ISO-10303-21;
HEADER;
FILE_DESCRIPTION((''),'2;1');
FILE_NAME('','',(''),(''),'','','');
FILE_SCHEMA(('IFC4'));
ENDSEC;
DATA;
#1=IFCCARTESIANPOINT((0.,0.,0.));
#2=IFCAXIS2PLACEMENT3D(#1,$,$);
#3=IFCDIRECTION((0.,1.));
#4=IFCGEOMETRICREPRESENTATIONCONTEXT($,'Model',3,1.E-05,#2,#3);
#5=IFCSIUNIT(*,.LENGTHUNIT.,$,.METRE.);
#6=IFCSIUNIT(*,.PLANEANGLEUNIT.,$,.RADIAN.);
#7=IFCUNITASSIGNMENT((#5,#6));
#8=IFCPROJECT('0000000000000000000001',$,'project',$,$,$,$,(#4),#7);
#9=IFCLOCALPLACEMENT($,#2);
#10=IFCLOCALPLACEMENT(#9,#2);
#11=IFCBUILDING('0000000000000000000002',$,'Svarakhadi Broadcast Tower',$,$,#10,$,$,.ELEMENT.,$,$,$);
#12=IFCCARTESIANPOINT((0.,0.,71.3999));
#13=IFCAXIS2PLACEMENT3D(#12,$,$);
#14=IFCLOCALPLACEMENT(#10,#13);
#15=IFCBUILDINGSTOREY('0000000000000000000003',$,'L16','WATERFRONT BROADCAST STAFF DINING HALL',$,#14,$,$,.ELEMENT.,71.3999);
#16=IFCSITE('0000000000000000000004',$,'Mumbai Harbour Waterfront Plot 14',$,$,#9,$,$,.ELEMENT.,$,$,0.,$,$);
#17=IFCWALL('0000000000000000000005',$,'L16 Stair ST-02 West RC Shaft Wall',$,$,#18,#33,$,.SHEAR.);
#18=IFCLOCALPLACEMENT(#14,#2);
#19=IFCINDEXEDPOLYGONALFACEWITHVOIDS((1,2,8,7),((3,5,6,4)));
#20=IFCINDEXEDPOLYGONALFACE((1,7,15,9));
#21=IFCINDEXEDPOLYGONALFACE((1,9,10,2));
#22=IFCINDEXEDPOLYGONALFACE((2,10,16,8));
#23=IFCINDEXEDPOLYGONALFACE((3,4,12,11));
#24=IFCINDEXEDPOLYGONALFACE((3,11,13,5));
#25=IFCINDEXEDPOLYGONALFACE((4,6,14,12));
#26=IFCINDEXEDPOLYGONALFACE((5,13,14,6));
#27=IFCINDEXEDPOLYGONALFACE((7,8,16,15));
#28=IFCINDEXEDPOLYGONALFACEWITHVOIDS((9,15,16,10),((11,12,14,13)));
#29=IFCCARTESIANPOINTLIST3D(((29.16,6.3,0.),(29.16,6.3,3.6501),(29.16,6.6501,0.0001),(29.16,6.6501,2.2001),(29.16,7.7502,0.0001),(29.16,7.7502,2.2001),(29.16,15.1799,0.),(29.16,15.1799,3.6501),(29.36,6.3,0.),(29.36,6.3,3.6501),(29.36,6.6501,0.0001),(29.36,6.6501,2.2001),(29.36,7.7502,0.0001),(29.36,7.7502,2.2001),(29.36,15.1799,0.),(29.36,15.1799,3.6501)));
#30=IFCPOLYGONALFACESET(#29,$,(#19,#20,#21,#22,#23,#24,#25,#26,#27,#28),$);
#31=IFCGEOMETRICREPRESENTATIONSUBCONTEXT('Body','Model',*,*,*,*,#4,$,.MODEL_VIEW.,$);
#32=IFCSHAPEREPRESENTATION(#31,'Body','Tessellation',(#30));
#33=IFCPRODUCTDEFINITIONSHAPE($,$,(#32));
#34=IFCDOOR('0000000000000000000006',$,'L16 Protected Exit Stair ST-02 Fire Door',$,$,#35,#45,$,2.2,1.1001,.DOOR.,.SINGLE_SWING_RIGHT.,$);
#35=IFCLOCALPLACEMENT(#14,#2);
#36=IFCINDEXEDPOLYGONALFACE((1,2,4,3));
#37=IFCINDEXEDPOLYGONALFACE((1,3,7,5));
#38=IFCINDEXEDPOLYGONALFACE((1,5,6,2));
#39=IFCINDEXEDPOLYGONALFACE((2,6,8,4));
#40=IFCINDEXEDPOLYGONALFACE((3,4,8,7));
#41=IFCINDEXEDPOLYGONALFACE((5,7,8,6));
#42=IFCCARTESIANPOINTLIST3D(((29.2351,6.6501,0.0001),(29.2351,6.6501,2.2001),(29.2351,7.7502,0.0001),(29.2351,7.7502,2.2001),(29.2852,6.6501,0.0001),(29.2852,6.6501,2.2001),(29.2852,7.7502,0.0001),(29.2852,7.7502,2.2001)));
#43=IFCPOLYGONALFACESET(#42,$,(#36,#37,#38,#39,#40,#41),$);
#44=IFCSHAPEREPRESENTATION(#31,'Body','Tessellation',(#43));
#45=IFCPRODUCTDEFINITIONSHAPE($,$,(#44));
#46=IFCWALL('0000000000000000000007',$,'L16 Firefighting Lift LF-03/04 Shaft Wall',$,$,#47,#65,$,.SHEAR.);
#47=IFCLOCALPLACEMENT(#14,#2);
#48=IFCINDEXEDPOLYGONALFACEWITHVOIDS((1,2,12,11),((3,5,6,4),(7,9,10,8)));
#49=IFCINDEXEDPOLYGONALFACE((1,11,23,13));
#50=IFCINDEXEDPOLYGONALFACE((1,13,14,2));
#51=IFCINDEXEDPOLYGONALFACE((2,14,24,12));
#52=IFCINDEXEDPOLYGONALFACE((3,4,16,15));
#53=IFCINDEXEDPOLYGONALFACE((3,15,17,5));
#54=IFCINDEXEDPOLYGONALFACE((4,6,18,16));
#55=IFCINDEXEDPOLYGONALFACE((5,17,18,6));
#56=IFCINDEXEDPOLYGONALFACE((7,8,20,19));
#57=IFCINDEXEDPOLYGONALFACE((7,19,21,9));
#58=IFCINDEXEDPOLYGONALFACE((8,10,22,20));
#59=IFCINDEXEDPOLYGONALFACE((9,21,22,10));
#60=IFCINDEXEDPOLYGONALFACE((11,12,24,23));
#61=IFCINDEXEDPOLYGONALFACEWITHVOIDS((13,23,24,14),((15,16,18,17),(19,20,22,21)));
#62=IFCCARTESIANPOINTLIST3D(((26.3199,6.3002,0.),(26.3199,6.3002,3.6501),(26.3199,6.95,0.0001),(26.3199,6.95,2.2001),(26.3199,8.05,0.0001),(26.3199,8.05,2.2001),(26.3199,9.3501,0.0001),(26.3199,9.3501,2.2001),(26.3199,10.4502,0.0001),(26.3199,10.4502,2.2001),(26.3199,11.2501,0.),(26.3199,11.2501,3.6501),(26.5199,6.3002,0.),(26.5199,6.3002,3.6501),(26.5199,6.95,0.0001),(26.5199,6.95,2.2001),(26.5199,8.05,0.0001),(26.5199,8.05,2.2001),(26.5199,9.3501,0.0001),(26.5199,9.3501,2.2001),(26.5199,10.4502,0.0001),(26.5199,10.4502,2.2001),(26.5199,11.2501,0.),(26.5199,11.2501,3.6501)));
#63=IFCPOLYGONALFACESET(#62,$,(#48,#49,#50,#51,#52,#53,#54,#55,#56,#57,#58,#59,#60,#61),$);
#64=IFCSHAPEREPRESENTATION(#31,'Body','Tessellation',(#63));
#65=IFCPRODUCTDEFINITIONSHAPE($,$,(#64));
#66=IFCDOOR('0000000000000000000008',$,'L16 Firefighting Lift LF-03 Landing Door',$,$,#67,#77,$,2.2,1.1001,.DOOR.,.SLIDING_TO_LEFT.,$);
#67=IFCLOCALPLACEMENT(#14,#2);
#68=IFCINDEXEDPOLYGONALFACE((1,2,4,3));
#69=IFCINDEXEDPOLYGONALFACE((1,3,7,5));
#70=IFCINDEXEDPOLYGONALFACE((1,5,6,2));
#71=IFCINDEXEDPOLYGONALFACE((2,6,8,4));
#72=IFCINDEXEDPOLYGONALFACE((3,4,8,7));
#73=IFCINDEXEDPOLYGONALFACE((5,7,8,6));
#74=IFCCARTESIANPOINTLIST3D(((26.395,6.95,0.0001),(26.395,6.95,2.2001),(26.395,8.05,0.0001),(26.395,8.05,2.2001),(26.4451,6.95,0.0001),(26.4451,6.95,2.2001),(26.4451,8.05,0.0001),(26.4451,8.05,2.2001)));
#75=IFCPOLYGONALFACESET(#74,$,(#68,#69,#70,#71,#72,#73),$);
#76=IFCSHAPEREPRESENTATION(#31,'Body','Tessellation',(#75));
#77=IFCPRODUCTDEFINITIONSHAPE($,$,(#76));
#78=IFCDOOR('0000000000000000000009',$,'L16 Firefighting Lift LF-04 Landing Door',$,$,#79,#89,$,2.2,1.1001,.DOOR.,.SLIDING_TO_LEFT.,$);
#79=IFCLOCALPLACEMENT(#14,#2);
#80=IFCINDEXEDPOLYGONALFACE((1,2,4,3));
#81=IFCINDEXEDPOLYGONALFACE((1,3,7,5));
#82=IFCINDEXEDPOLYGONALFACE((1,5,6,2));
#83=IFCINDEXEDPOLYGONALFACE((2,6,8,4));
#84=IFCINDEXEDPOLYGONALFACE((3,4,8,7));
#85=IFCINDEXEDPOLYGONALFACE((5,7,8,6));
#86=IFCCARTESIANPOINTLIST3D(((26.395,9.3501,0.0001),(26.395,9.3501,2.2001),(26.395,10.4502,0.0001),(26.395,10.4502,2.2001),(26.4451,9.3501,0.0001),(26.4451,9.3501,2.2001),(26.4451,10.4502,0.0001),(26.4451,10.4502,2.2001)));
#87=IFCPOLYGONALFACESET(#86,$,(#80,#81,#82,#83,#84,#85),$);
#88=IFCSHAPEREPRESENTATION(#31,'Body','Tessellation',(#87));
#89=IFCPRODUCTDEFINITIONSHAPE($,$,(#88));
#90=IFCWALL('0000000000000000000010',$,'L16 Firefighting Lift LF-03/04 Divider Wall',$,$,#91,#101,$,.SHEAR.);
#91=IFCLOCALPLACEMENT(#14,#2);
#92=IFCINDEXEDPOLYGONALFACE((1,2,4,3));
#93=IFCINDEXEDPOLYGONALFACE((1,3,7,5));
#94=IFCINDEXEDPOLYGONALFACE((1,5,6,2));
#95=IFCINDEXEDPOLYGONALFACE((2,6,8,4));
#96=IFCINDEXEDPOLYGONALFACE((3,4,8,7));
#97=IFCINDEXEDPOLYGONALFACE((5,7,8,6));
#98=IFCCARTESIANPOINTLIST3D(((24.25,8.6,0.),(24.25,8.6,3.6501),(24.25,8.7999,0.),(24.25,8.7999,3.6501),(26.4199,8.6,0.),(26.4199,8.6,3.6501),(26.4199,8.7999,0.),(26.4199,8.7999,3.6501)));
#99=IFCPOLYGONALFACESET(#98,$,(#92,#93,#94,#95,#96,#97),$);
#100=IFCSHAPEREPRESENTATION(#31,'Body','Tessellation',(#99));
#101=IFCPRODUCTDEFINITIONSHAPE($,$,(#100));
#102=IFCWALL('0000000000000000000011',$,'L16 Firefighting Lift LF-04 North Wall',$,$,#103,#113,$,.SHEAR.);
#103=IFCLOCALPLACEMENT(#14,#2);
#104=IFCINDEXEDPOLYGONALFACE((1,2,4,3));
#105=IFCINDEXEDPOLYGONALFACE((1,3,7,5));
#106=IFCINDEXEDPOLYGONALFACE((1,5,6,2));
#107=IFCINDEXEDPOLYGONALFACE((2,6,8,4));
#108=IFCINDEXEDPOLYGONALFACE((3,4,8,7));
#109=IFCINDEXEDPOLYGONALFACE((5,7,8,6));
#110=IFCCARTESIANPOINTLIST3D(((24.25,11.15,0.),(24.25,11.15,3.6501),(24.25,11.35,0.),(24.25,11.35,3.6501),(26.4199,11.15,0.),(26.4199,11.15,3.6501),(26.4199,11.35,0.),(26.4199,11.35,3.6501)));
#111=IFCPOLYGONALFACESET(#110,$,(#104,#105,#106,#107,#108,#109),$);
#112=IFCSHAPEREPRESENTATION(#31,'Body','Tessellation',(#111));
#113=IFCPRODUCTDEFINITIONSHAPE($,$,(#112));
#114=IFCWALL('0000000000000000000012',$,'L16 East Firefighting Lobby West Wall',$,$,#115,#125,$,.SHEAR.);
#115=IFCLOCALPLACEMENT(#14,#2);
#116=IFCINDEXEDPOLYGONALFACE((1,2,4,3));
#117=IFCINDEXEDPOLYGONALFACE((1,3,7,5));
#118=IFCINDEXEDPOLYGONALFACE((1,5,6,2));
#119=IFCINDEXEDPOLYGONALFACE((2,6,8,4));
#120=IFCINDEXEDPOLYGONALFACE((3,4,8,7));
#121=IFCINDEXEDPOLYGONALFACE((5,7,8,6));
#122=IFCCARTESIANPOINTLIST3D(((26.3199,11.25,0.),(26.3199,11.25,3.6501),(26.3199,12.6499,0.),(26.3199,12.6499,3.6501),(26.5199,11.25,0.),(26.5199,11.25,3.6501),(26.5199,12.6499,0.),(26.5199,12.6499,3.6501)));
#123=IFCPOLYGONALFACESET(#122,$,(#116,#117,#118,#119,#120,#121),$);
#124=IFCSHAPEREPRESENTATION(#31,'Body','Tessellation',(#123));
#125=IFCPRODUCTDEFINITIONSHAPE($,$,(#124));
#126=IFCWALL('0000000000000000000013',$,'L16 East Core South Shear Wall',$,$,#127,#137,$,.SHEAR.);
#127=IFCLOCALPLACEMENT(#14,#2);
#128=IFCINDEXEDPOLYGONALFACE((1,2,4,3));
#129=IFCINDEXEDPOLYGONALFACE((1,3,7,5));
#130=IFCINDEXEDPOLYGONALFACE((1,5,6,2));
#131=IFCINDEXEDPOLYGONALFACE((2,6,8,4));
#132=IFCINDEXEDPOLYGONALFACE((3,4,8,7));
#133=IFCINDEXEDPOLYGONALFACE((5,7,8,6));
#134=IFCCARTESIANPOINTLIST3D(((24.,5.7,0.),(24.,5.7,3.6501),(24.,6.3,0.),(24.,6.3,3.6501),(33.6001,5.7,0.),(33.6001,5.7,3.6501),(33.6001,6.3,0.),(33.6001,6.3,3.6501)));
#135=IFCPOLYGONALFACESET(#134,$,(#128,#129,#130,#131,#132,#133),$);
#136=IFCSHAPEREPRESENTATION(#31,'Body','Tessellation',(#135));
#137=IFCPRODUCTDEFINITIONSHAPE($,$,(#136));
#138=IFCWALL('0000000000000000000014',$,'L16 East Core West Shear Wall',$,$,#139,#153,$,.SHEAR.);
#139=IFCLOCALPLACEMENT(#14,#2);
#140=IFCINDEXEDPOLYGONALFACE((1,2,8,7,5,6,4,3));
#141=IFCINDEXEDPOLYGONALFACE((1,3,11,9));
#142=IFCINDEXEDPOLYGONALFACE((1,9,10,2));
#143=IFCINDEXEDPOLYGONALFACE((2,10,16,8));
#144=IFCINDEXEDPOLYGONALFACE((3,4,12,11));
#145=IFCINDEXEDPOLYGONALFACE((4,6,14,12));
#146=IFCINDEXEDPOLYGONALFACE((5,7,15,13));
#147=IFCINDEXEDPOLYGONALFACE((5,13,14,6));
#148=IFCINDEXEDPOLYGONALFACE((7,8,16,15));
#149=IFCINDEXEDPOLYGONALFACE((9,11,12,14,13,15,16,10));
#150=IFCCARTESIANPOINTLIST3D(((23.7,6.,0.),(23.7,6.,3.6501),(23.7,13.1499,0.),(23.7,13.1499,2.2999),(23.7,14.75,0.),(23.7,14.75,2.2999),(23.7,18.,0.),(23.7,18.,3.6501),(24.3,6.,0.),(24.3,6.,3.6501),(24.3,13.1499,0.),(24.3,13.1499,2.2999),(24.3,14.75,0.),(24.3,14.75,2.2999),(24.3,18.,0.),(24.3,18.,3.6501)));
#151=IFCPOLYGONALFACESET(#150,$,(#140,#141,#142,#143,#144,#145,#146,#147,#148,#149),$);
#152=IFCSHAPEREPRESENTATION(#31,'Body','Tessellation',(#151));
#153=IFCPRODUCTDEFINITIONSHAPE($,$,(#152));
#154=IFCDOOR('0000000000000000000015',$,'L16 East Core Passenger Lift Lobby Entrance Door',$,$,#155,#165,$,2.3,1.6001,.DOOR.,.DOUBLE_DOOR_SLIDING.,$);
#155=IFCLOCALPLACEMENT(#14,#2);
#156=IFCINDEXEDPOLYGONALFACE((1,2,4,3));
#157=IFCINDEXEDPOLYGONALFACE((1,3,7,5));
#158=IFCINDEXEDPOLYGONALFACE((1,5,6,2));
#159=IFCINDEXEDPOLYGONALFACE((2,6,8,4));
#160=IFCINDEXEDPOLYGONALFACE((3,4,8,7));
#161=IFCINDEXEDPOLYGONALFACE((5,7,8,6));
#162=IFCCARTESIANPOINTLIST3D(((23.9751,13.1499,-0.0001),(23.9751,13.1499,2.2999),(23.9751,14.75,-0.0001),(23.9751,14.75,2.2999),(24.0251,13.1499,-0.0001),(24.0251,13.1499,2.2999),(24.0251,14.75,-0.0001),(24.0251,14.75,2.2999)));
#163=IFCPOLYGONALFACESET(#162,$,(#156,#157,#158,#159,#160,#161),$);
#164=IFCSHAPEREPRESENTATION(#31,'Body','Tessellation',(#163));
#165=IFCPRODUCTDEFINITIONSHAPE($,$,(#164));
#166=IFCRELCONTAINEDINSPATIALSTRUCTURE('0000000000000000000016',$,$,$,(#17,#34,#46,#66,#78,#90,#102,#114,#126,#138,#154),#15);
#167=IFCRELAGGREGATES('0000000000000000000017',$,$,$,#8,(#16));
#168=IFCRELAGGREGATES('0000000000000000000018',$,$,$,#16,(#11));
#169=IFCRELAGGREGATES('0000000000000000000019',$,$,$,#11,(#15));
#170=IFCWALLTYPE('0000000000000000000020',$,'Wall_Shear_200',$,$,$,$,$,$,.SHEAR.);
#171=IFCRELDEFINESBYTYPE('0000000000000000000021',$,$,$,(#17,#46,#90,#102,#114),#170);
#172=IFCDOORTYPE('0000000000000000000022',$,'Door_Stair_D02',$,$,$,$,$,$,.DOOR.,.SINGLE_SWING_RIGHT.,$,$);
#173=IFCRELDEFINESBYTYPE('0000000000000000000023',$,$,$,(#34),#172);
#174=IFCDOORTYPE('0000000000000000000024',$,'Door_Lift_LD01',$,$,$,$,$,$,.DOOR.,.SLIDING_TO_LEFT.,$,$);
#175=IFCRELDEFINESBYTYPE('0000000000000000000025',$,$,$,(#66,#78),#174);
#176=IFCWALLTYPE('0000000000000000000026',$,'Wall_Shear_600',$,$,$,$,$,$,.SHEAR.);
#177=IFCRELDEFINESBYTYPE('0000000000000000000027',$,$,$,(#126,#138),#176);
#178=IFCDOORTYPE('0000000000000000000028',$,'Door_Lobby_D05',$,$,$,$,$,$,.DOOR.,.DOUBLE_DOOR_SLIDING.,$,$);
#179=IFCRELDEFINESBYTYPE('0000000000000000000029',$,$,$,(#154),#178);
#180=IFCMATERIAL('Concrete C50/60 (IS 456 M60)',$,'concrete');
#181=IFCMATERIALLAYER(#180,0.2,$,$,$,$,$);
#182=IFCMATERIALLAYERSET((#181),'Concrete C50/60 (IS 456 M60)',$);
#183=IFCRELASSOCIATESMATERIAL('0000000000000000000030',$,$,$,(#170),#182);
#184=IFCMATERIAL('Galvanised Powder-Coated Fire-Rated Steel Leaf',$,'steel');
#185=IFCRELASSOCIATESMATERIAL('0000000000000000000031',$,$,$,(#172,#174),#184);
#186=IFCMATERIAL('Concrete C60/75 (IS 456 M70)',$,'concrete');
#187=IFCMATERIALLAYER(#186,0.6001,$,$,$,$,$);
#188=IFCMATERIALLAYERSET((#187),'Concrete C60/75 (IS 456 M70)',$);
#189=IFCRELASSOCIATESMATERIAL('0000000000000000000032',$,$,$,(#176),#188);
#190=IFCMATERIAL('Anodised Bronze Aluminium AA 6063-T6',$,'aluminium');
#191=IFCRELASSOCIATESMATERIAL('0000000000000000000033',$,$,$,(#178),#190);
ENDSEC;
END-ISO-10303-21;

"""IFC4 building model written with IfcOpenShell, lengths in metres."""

from ifc_helpers import new_model, si_unit, direction, frame, frame_2d, origin, place, context, subcontext, project, spatial, rectangle, extrude, material, layer, layer_set, type_object, element, fill, save


model = new_model("IFC4")

# Units and contexts
model_context = context("Model", 3, precision=1e-05, world=origin(), true_north=direction((0.0, 1.0)))
body_context = subcontext(model_context, "Body", "Model", "MODEL_VIEW")
ifc_project = project(units=[si_unit("LENGTHUNIT", "METRE"), si_unit("PLANEANGLEUNIT", "RADIAN")], contexts=[model_context])

# Site, building, storey
site_placement = place(None, origin())
site = spatial("IfcSite", under=ifc_project, at=site_placement, Name="Mumbai Harbour Waterfront Plot 14", CompositionType="ELEMENT", RefElevation=0.0)
building_placement = place(site_placement, origin())
building = spatial("IfcBuilding", under=site, at=building_placement, Name="Svarakhadi Broadcast Tower", CompositionType="ELEMENT")
storey_placement = place(building_placement, frame((0.0, 0.0, 71.3999)))
storey = spatial("IfcBuildingStorey", under=building, at=storey_placement, Name="L16", Description="WATERFRONT BROADCAST STAFF DINING HALL", CompositionType="ELEMENT", Elevation=71.3999)

# Shared definitions
ifc_material_1 = material(Name="Concrete C60/75 (IS 456 M70)", Category="concrete")

# Wall, opening, door
ifc_material_2 = material(Name="Concrete C50/60 (IS 456 M60)", Category="concrete")
ifc_layer_1 = layer(ifc_material_2, 0.2)
ifc_layer_set_1 = layer_set([ifc_layer_1], Name="Concrete C50/60 (IS 456 M60)")
wall_type_1 = type_object("IfcWallType", Name="Wall_Shear_200", PredefinedType="SHEAR", material=ifc_layer_set_1)
wall_1_placement = place(storey_placement, frame((29.26, 6.3, 0.0), z_axis=(0.0, 0.0, 1.0), x_axis=(0.0, 1.0, 0.0)))
wall_1 = element("IfcWall", 1, at=wall_1_placement, inside=storey, type_object=wall_type_1, Name="L16 Stair ST-02 West RC Shaft Wall", PredefinedType="SHEAR", context=body_context, shape_type="SweptSolid", body=[
    extrude(rectangle(XDim=8.8799, YDim=0.2, at=frame_2d((4.4399, 0.0))), origin(), (0.0, 0.0, 1.0), 3.6501),
])
opening_1_placement = place(wall_1_placement, frame((0.3501, 0.0, 0.0)))
opening_1 = element("IfcOpeningElement", 2, at=opening_1_placement, cuts=wall_1, PredefinedType="OPENING", context=body_context, shape_type="SweptSolid", body=[
    extrude(rectangle(XDim=1.1001, YDim=2.2, at=frame_2d((0.55, 1.1001))), frame((0.0, 0.1099, 0.0), z_axis=(0.0, -1.0, 0.0), x_axis=(1.0, 0.0, 0.0)), (0.0, 0.0, 1.0), 0.22),
])
ifc_material_3 = material(Name="Galvanised Powder-Coated Fire-Rated Steel Leaf", Category="steel")
door_type_1 = type_object("IfcDoorType", Name="Door_Stair_D02", OperationType="SINGLE_SWING_RIGHT", PredefinedType="DOOR", material=ifc_material_3)
door_1_placement = place(opening_1_placement, origin())
door_1 = element("IfcDoor", 3, at=door_1_placement, inside=storey, type_object=door_type_1, Name="L16 Protected Exit Stair ST-02 Fire Door", OperationType="SINGLE_SWING_RIGHT", OverallHeight=2.2, OverallWidth=1.1001, PredefinedType="DOOR", context=body_context, shape_type="SweptSolid", body=[
    extrude(rectangle(XDim=1.1001, YDim=2.2, at=frame_2d((0.55, 1.1001))), frame((0.0, 0.0249, 0.0), z_axis=(0.0, -1.0, 0.0), x_axis=(1.0, 0.0, 0.0)), (0.0, 0.0, 1.0), 0.05),
])
fill(opening_1, door_1)

# Wall, openings, doors
wall_2_placement = place(storey_placement, frame((26.4199, 6.3, 0.0), z_axis=(0.0, 0.0, 1.0), x_axis=(0.0, 1.0, 0.0)))
wall_2 = element("IfcWall", 4, at=wall_2_placement, inside=storey, type_object=wall_type_1, Name="L16 Firefighting Lift LF-03/04 Shaft Wall", PredefinedType="SHEAR", context=body_context, shape_type="SweptSolid", body=[
    extrude(rectangle(XDim=4.95, YDim=0.2, at=frame_2d((2.4751, 0.0))), origin(), (0.0, 0.0, 1.0), 3.6501),
])
opening_2_placement = place(wall_2_placement, frame((0.6499, 0.0, 0.0)))
opening_2 = element("IfcOpeningElement", 5, at=opening_2_placement, cuts=wall_2, PredefinedType="OPENING", context=body_context, shape_type="SweptSolid", body=[
    extrude(rectangle(XDim=1.1001, YDim=2.2, at=frame_2d((0.55, 1.1001))), frame((0.0, 0.1099, 0.0), z_axis=(0.0, -1.0, 0.0), x_axis=(1.0, 0.0, 0.0)), (0.0, 0.0, 1.0), 0.22),
])
opening_3_placement = place(wall_2_placement, frame((3.05, 0.0, 0.0)))
opening_3 = element("IfcOpeningElement", 6, at=opening_3_placement, cuts=wall_2, PredefinedType="OPENING", context=body_context, shape_type="SweptSolid", body=[
    extrude(rectangle(XDim=1.1001, YDim=2.2, at=frame_2d((0.55, 1.1001))), frame((0.0, 0.1099, 0.0), z_axis=(0.0, -1.0, 0.0), x_axis=(1.0, 0.0, 0.0)), (0.0, 0.0, 1.0), 0.22),
])
door_type_2 = type_object("IfcDoorType", Name="Door_Lift_LD01", OperationType="SLIDING_TO_LEFT", PredefinedType="DOOR", material=ifc_material_3)
door_2_placement = place(opening_2_placement, origin())
door_2 = element("IfcDoor", 7, at=door_2_placement, inside=storey, type_object=door_type_2, Name="L16 Firefighting Lift LF-03 Landing Door", OperationType="SLIDING_TO_LEFT", OverallHeight=2.2, OverallWidth=1.1001, PredefinedType="DOOR", context=body_context, shape_type="SweptSolid", body=[
    extrude(rectangle(XDim=1.1001, YDim=2.2, at=frame_2d((0.55, 1.1001))), frame((0.0, 0.0249, 0.0), z_axis=(0.0, -1.0, 0.0), x_axis=(1.0, 0.0, 0.0)), (0.0, 0.0, 1.0), 0.05),
])
fill(opening_2, door_2)
door_3_placement = place(opening_3_placement, origin())
door_3 = element("IfcDoor", 8, at=door_3_placement, inside=storey, type_object=door_type_2, Name="L16 Firefighting Lift LF-04 Landing Door", OperationType="SLIDING_TO_LEFT", OverallHeight=2.2, OverallWidth=1.1001, PredefinedType="DOOR", context=body_context, shape_type="SweptSolid", body=[
    extrude(rectangle(XDim=1.1001, YDim=2.2, at=frame_2d((0.55, 1.1001))), frame((0.0, 0.0249, 0.0), z_axis=(0.0, -1.0, 0.0), x_axis=(1.0, 0.0, 0.0)), (0.0, 0.0, 1.0), 0.05),
])
fill(opening_3, door_3)

# Walls
for number, where, z_axis, x_axis, name in (
    (9, (24.25, 8.7, 0.0), (0.0, 0.0, 1.0), (1.0, 0.0, 0.0), "L16 Firefighting Lift LF-03/04 Divider Wall"),
    (10, (24.25, 11.25, 0.0), (0.0, 0.0, 1.0), (1.0, 0.0, 0.0), "L16 Firefighting Lift LF-04 North Wall"),
):
    element("IfcWall", number, at=place(storey_placement, frame(where, z_axis=z_axis, x_axis=x_axis)), inside=storey, type_object=wall_type_1, Name=name, PredefinedType="SHEAR", context=body_context, shape_type="SweptSolid", body=[
        extrude(rectangle(XDim=2.1699, YDim=0.2, at=frame_2d((1.085, 0.0))), origin(), (0.0, 0.0, 1.0), 3.6501),
    ])
wall_3_placement = place(storey_placement, frame((26.4199, 11.25, 0.0), z_axis=(0.0, 0.0, 1.0), x_axis=(0.0, 1.0, 0.0)))
element("IfcWall", 11, at=wall_3_placement, inside=storey, type_object=wall_type_1, Name="L16 East Firefighting Lobby West Wall", PredefinedType="SHEAR", context=body_context, shape_type="SweptSolid", body=[
    extrude(rectangle(XDim=1.3999, YDim=0.2, at=frame_2d((0.7, 0.0))), origin(), (0.0, 0.0, 1.0), 3.6501),
])
ifc_layer_2 = layer(ifc_material_1, 0.6001)
ifc_layer_set_2 = layer_set([ifc_layer_2], Name="Concrete C60/75 (IS 456 M70)")
wall_type_2 = type_object("IfcWallType", Name="Wall_Shear_600", PredefinedType="SHEAR", material=ifc_layer_set_2)
wall_4_placement = place(storey_placement, frame((24.0, 6.0, 0.0), z_axis=(0.0, 0.0, 1.0), x_axis=(1.0, 0.0, 0.0)))
element("IfcWall", 12, at=wall_4_placement, inside=storey, type_object=wall_type_2, Name="L16 East Core South Shear Wall", PredefinedType="SHEAR", context=body_context, shape_type="SweptSolid", body=[
    extrude(rectangle(XDim=9.6001, YDim=0.6001, at=frame_2d((4.8, 0.0))), origin(), (0.0, 0.0, 1.0), 3.6501),
])

# Wall, opening, door
wall_5_placement = place(storey_placement, frame((24.0, 6.0, 0.0), z_axis=(0.0, 0.0, 1.0), x_axis=(0.0, 1.0, 0.0)))
wall_5 = element("IfcWall", 13, at=wall_5_placement, inside=storey, type_object=wall_type_2, Name="L16 East Core West Shear Wall", PredefinedType="SHEAR", context=body_context, shape_type="SweptSolid", body=[
    extrude(rectangle(XDim=12.0, YDim=0.6001, at=frame_2d((6.0, 0.0))), origin(), (0.0, 0.0, 1.0), 3.6501),
])
opening_4_placement = place(wall_5_placement, frame((7.1499, 0.0, 0.0)))
opening_4 = element("IfcOpeningElement", 14, at=opening_4_placement, cuts=wall_5, PredefinedType="OPENING", context=body_context, shape_type="SweptSolid", body=[
    extrude(rectangle(XDim=1.6001, YDim=2.3, at=frame_2d((0.8, 1.1499))), frame((0.0, 0.3101, 0.0), z_axis=(0.0, -1.0, 0.0), x_axis=(1.0, 0.0, 0.0)), (0.0, 0.0, 1.0), 0.6201),
])
ifc_material_4 = material(Name="Anodised Bronze Aluminium AA 6063-T6", Category="aluminium")
door_type_3 = type_object("IfcDoorType", Name="Door_Lobby_D05", OperationType="DOUBLE_DOOR_SLIDING", PredefinedType="DOOR", material=ifc_material_4)
door_4_placement = place(opening_4_placement, origin())
door_4 = element("IfcDoor", 15, at=door_4_placement, inside=storey, type_object=door_type_3, Name="L16 East Core Passenger Lift Lobby Entrance Door", OperationType="DOUBLE_DOOR_SLIDING", OverallHeight=2.3, OverallWidth=1.6001, PredefinedType="DOOR", context=body_context, shape_type="SweptSolid", body=[
    extrude(rectangle(XDim=1.6001, YDim=2.3, at=frame_2d((0.8, 1.1499))), frame((0.0, 0.0249, 0.0), z_axis=(0.0, -1.0, 0.0), x_axis=(1.0, 0.0, 0.0)), (0.0, 0.0, 1.0), 0.05),
])
fill(opening_4, door_4)

save(model, "model.ifc")
